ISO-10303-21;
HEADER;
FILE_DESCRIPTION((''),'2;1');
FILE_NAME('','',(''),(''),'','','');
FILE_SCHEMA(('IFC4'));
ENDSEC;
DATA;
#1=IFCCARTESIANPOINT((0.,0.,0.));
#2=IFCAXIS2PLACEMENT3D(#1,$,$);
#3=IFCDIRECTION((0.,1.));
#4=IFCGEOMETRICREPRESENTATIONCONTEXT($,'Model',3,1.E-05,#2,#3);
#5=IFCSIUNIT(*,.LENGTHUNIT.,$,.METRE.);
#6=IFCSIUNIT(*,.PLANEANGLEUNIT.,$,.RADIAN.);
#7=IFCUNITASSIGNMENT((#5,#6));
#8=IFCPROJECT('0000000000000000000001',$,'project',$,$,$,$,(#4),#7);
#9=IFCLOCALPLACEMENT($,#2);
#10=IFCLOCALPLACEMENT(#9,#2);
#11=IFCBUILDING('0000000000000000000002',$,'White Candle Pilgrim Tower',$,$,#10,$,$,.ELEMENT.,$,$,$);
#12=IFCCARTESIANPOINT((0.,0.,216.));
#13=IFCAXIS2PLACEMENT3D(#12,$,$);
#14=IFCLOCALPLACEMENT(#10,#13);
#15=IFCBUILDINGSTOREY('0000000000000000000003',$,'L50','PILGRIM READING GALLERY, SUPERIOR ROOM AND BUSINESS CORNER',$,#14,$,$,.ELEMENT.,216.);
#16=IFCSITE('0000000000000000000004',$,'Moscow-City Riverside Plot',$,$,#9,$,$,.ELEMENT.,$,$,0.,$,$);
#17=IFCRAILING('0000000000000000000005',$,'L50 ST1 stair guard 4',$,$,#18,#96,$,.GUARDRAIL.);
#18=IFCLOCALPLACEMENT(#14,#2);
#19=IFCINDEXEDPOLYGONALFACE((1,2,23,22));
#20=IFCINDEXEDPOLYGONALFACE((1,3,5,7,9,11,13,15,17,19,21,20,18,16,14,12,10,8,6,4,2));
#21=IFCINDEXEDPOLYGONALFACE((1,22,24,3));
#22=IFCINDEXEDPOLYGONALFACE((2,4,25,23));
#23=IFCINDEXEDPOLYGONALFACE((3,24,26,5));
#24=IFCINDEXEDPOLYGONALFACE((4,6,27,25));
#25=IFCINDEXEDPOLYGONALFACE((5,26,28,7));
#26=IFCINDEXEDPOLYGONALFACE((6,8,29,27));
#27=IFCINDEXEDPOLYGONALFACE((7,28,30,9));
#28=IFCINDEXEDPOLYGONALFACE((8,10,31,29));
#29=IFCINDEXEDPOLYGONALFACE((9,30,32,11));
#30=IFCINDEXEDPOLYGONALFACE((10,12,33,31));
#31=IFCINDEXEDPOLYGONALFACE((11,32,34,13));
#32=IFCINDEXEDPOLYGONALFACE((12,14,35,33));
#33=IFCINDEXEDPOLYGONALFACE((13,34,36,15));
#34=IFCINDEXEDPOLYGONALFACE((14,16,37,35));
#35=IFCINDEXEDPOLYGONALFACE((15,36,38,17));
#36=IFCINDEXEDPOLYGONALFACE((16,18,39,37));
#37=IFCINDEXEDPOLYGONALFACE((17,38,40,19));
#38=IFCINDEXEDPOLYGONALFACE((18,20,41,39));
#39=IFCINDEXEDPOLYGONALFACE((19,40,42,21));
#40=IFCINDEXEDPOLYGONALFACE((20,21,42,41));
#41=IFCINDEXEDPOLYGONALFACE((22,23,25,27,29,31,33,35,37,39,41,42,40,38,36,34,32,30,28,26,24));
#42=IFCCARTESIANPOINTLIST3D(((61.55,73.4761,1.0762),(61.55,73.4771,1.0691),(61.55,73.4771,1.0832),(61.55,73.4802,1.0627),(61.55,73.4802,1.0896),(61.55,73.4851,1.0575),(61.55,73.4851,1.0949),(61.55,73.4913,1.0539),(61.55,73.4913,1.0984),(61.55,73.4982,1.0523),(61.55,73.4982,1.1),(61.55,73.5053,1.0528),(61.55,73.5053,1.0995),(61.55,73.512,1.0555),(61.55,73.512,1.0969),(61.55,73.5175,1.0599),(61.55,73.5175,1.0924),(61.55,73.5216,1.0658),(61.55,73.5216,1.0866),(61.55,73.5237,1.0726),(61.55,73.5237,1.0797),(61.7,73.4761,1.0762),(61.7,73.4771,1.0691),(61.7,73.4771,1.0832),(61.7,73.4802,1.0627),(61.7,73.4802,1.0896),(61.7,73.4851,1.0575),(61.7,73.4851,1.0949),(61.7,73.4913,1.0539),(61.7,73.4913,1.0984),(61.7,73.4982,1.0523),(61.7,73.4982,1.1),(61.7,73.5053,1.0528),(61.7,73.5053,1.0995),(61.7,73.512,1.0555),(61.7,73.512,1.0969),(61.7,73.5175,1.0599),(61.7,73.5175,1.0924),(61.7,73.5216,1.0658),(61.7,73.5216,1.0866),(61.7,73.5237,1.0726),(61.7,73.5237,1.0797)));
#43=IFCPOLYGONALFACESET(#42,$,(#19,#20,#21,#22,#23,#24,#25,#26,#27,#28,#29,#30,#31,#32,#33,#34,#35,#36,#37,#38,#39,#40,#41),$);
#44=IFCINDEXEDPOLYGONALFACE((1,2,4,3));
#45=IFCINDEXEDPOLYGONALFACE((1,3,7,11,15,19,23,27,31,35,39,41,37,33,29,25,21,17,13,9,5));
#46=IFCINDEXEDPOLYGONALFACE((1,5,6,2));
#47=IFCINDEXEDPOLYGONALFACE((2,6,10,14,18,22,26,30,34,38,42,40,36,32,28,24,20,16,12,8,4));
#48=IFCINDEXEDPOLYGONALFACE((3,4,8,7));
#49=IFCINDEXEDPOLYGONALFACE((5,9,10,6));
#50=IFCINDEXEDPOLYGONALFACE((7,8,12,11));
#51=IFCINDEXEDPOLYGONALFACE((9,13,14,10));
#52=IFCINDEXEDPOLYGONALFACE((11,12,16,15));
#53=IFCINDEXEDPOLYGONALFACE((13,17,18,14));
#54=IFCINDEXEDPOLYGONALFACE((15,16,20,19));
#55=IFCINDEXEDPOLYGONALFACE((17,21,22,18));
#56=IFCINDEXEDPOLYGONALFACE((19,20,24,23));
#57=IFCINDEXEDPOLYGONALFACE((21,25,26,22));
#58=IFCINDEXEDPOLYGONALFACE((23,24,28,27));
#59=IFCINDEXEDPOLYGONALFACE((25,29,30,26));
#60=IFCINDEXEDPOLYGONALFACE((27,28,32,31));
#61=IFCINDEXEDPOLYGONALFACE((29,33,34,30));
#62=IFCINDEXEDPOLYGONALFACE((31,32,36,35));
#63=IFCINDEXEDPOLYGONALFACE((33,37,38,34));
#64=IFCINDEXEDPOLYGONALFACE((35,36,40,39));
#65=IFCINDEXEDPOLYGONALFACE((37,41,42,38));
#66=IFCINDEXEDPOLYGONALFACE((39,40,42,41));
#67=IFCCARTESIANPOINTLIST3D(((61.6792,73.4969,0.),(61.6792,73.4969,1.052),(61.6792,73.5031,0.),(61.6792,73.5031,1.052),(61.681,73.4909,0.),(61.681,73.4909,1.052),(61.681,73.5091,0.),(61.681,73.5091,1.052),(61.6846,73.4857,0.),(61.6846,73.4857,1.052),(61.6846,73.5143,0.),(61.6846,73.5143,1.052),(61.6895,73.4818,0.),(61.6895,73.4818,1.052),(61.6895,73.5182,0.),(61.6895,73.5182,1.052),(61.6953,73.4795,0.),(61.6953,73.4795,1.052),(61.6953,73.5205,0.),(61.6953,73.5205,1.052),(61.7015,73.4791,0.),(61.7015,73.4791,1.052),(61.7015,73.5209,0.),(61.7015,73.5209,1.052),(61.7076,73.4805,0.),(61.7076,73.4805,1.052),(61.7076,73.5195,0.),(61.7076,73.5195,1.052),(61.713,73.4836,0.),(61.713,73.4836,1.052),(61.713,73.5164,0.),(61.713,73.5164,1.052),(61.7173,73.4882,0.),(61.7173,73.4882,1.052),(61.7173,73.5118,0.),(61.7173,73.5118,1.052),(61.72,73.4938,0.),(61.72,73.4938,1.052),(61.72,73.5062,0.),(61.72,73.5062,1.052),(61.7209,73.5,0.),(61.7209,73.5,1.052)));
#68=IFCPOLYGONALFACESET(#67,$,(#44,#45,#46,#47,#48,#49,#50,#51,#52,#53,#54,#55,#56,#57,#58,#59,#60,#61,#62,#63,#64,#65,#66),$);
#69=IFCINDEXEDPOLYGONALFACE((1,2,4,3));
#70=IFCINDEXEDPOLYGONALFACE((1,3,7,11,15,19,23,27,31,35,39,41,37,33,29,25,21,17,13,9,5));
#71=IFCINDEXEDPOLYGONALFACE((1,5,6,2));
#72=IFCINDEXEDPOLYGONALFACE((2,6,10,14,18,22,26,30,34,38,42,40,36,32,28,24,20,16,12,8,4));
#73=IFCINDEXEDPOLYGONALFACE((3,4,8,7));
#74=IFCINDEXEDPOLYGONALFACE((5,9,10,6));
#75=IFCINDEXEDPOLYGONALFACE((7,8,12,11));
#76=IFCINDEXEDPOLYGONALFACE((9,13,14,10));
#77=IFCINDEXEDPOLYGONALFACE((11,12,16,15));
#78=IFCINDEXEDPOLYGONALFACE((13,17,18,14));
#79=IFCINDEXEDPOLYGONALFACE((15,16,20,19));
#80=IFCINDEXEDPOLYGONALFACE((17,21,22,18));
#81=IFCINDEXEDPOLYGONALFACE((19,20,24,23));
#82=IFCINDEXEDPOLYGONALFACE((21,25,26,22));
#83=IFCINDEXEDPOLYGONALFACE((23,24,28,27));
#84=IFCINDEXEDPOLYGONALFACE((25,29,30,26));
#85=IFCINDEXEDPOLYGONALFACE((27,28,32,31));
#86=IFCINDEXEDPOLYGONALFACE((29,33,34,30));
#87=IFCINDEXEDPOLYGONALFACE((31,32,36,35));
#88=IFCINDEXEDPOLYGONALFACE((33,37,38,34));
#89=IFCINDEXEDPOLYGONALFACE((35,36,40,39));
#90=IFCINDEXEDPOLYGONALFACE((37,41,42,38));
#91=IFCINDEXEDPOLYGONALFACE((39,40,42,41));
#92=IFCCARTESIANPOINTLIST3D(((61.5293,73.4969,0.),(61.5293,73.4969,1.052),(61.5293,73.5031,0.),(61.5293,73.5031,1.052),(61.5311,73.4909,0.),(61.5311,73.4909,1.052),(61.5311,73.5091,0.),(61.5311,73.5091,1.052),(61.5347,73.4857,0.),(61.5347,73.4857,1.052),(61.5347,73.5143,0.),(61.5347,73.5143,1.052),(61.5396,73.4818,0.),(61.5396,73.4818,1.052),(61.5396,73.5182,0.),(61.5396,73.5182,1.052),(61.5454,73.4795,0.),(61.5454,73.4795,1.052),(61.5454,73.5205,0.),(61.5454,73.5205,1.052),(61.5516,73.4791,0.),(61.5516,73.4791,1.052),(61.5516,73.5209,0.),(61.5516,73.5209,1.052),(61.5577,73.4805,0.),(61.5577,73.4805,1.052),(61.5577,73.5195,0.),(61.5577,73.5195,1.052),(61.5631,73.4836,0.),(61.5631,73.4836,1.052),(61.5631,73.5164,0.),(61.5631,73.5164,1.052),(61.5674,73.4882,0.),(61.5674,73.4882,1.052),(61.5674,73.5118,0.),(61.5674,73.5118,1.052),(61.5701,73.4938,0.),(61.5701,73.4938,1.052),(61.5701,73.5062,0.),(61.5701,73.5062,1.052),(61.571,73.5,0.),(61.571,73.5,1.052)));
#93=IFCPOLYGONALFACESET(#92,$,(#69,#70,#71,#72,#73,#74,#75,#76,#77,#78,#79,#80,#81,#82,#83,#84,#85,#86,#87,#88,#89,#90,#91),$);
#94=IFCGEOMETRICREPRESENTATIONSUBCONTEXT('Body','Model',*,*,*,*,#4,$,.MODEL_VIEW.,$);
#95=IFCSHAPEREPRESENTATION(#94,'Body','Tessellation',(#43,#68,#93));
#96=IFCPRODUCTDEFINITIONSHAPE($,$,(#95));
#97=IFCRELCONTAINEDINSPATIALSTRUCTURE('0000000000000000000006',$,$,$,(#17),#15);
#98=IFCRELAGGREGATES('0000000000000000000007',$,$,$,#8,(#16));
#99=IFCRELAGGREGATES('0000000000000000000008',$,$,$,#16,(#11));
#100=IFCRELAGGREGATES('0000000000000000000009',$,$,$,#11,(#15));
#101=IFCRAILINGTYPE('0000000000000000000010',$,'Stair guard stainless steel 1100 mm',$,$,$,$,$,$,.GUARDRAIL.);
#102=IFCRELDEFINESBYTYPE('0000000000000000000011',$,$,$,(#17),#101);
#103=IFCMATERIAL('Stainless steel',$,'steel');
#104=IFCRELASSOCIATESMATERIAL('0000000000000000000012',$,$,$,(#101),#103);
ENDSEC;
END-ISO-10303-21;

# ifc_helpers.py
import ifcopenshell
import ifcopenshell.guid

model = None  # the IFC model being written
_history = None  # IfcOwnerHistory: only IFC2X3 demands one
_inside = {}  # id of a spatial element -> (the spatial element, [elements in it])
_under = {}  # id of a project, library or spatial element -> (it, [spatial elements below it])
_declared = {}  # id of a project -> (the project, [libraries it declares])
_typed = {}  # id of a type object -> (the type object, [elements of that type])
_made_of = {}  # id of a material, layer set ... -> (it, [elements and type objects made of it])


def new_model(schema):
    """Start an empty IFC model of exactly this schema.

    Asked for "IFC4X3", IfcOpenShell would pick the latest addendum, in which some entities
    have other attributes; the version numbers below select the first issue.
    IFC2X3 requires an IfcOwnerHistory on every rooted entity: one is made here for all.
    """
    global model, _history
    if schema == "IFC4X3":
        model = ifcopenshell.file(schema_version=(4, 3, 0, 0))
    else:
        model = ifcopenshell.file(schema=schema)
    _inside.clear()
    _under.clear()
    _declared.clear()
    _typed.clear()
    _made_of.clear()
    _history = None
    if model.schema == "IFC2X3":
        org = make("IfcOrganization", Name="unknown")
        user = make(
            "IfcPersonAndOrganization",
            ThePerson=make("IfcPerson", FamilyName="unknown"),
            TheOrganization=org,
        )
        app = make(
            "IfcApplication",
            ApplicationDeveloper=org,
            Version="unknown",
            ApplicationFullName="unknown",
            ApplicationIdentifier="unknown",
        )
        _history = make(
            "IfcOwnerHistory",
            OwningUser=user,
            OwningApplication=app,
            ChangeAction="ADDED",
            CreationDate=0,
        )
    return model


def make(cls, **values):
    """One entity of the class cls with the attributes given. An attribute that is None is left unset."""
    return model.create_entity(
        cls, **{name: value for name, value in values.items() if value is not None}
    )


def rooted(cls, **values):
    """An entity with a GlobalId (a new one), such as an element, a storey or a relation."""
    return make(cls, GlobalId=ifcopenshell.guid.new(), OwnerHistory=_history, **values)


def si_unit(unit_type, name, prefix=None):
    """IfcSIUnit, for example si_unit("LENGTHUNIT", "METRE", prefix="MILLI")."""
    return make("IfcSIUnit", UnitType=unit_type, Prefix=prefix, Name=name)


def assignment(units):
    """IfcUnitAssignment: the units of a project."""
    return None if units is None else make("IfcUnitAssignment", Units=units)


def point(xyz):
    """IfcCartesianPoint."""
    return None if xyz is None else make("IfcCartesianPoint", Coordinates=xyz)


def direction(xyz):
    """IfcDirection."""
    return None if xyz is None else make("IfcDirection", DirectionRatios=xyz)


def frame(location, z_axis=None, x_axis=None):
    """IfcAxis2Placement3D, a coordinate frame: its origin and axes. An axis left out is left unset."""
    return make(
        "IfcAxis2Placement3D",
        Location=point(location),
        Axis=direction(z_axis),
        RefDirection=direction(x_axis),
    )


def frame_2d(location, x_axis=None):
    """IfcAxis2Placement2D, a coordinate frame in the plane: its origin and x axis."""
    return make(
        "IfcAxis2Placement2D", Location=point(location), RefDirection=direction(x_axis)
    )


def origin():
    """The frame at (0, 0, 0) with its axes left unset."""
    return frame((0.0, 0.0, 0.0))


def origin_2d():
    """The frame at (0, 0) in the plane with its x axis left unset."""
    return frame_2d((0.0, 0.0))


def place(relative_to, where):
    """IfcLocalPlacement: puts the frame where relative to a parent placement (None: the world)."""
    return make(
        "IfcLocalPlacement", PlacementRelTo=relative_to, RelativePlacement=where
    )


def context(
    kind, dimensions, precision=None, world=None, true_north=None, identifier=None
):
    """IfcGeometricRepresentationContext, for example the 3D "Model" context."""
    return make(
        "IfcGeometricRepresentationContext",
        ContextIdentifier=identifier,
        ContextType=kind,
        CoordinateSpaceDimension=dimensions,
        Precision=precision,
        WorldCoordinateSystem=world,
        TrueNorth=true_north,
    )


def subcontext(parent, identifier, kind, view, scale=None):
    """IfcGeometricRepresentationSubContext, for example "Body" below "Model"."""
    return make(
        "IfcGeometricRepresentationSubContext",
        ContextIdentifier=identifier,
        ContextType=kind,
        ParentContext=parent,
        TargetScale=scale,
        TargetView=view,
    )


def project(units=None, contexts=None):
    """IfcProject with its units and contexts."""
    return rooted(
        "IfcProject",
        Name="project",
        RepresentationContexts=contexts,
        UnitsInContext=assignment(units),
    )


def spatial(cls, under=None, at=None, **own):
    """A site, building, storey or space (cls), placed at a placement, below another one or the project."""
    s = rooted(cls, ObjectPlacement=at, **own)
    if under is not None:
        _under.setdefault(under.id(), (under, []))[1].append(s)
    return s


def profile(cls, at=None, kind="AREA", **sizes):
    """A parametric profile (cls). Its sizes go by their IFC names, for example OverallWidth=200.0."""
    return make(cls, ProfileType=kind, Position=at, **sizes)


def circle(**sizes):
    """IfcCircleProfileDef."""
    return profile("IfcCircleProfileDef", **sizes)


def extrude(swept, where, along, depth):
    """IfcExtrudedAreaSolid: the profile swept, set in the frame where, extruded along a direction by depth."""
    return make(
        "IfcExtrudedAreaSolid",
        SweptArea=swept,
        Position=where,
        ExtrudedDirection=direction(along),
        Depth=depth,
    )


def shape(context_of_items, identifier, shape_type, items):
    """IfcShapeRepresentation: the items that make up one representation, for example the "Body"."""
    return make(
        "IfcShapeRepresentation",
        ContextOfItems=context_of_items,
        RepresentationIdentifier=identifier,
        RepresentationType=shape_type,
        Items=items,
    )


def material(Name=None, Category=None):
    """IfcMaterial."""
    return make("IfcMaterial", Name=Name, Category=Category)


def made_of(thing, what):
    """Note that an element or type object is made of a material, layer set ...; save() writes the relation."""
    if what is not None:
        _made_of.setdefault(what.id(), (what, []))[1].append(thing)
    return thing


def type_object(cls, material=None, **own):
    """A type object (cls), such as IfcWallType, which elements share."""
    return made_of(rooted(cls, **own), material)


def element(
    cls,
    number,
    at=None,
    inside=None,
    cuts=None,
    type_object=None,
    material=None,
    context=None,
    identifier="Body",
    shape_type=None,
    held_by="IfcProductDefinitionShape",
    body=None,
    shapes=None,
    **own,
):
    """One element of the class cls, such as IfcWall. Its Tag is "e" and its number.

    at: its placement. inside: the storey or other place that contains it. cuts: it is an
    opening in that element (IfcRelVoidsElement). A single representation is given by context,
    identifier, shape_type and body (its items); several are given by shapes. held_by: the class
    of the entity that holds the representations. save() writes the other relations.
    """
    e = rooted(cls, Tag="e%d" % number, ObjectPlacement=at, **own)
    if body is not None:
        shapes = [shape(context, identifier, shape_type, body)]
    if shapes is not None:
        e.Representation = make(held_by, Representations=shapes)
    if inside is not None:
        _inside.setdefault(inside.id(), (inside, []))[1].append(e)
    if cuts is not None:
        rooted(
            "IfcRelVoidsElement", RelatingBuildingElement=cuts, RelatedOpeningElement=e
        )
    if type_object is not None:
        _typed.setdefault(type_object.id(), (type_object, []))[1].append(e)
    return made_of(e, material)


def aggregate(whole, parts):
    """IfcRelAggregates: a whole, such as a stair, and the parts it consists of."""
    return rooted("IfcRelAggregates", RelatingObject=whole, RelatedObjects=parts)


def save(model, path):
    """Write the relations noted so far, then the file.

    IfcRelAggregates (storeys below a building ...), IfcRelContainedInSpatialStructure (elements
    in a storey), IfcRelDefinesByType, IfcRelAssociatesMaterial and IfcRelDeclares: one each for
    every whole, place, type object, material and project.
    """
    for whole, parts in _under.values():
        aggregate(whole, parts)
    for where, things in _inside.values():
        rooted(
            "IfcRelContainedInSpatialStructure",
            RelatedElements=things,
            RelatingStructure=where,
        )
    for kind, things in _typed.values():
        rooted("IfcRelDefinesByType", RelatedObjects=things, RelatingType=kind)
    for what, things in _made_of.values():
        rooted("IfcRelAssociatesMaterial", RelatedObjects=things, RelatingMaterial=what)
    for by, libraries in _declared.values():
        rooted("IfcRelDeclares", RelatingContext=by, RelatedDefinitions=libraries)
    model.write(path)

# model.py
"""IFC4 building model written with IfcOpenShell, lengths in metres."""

from ifc_helpers import new_model, si_unit, direction, frame, origin, origin_2d, place, context, subcontext, project, spatial, circle, extrude, material, type_object, element, save


model = new_model("IFC4")

# Units and contexts
model_context = context("Model", 3, precision=1e-05, world=origin(), true_north=direction((0.0, 1.0)))
body_context = subcontext(model_context, "Body", "Model", "MODEL_VIEW")
ifc_project = project(units=[si_unit("LENGTHUNIT", "METRE"), si_unit("PLANEANGLEUNIT", "RADIAN")], contexts=[model_context])

# Site, building, storey
site_placement = place(None, origin())
site = spatial("IfcSite", under=ifc_project, at=site_placement, Name="Moscow-City Riverside Plot", CompositionType="ELEMENT", RefElevation=0.0)
building_placement = place(site_placement, origin())
building = spatial("IfcBuilding", under=site, at=building_placement, Name="White Candle Pilgrim Tower", CompositionType="ELEMENT")
storey_placement = place(building_placement, frame((0.0, 0.0, 216.0)))
storey = spatial("IfcBuildingStorey", under=building, at=storey_placement, Name="L50", Description="PILGRIM READING GALLERY, SUPERIOR ROOM AND BUSINESS CORNER", CompositionType="ELEMENT", Elevation=216.0)

# Railing
ifc_material_1 = material(Name="Stainless steel", Category="steel")
railing_type_1 = type_object("IfcRailingType", Name="Stair guard stainless steel 1100 mm", PredefinedType="GUARDRAIL", material=ifc_material_1)
railing_1_placement = place(storey_placement, frame((61.7, 73.5, 0.0)))
element("IfcRailing", 1, at=railing_1_placement, inside=storey, type_object=railing_type_1, Name="L50 ST1 stair guard 4", PredefinedType="GUARDRAIL", context=body_context, shape_type="SweptSolid", body=[
    extrude(circle(Radius=0.0239, at=origin_2d()), frame((0.0, 0.0, 1.0762), z_axis=(-1.0, 0.0, 0.0), x_axis=(0.0, -1.0, 0.0)), (0.0, 0.0, 1.0), 0.1499),
    extrude(circle(Radius=0.021, at=origin_2d()), origin(), (0.0, 0.0, 1.0), 1.052),
    extrude(circle(Radius=0.021, at=origin_2d()), frame((-0.1499, 0.0, 0.0)), (0.0, 0.0, 1.0), 1.052),
])

save(model, "model.ifc")
